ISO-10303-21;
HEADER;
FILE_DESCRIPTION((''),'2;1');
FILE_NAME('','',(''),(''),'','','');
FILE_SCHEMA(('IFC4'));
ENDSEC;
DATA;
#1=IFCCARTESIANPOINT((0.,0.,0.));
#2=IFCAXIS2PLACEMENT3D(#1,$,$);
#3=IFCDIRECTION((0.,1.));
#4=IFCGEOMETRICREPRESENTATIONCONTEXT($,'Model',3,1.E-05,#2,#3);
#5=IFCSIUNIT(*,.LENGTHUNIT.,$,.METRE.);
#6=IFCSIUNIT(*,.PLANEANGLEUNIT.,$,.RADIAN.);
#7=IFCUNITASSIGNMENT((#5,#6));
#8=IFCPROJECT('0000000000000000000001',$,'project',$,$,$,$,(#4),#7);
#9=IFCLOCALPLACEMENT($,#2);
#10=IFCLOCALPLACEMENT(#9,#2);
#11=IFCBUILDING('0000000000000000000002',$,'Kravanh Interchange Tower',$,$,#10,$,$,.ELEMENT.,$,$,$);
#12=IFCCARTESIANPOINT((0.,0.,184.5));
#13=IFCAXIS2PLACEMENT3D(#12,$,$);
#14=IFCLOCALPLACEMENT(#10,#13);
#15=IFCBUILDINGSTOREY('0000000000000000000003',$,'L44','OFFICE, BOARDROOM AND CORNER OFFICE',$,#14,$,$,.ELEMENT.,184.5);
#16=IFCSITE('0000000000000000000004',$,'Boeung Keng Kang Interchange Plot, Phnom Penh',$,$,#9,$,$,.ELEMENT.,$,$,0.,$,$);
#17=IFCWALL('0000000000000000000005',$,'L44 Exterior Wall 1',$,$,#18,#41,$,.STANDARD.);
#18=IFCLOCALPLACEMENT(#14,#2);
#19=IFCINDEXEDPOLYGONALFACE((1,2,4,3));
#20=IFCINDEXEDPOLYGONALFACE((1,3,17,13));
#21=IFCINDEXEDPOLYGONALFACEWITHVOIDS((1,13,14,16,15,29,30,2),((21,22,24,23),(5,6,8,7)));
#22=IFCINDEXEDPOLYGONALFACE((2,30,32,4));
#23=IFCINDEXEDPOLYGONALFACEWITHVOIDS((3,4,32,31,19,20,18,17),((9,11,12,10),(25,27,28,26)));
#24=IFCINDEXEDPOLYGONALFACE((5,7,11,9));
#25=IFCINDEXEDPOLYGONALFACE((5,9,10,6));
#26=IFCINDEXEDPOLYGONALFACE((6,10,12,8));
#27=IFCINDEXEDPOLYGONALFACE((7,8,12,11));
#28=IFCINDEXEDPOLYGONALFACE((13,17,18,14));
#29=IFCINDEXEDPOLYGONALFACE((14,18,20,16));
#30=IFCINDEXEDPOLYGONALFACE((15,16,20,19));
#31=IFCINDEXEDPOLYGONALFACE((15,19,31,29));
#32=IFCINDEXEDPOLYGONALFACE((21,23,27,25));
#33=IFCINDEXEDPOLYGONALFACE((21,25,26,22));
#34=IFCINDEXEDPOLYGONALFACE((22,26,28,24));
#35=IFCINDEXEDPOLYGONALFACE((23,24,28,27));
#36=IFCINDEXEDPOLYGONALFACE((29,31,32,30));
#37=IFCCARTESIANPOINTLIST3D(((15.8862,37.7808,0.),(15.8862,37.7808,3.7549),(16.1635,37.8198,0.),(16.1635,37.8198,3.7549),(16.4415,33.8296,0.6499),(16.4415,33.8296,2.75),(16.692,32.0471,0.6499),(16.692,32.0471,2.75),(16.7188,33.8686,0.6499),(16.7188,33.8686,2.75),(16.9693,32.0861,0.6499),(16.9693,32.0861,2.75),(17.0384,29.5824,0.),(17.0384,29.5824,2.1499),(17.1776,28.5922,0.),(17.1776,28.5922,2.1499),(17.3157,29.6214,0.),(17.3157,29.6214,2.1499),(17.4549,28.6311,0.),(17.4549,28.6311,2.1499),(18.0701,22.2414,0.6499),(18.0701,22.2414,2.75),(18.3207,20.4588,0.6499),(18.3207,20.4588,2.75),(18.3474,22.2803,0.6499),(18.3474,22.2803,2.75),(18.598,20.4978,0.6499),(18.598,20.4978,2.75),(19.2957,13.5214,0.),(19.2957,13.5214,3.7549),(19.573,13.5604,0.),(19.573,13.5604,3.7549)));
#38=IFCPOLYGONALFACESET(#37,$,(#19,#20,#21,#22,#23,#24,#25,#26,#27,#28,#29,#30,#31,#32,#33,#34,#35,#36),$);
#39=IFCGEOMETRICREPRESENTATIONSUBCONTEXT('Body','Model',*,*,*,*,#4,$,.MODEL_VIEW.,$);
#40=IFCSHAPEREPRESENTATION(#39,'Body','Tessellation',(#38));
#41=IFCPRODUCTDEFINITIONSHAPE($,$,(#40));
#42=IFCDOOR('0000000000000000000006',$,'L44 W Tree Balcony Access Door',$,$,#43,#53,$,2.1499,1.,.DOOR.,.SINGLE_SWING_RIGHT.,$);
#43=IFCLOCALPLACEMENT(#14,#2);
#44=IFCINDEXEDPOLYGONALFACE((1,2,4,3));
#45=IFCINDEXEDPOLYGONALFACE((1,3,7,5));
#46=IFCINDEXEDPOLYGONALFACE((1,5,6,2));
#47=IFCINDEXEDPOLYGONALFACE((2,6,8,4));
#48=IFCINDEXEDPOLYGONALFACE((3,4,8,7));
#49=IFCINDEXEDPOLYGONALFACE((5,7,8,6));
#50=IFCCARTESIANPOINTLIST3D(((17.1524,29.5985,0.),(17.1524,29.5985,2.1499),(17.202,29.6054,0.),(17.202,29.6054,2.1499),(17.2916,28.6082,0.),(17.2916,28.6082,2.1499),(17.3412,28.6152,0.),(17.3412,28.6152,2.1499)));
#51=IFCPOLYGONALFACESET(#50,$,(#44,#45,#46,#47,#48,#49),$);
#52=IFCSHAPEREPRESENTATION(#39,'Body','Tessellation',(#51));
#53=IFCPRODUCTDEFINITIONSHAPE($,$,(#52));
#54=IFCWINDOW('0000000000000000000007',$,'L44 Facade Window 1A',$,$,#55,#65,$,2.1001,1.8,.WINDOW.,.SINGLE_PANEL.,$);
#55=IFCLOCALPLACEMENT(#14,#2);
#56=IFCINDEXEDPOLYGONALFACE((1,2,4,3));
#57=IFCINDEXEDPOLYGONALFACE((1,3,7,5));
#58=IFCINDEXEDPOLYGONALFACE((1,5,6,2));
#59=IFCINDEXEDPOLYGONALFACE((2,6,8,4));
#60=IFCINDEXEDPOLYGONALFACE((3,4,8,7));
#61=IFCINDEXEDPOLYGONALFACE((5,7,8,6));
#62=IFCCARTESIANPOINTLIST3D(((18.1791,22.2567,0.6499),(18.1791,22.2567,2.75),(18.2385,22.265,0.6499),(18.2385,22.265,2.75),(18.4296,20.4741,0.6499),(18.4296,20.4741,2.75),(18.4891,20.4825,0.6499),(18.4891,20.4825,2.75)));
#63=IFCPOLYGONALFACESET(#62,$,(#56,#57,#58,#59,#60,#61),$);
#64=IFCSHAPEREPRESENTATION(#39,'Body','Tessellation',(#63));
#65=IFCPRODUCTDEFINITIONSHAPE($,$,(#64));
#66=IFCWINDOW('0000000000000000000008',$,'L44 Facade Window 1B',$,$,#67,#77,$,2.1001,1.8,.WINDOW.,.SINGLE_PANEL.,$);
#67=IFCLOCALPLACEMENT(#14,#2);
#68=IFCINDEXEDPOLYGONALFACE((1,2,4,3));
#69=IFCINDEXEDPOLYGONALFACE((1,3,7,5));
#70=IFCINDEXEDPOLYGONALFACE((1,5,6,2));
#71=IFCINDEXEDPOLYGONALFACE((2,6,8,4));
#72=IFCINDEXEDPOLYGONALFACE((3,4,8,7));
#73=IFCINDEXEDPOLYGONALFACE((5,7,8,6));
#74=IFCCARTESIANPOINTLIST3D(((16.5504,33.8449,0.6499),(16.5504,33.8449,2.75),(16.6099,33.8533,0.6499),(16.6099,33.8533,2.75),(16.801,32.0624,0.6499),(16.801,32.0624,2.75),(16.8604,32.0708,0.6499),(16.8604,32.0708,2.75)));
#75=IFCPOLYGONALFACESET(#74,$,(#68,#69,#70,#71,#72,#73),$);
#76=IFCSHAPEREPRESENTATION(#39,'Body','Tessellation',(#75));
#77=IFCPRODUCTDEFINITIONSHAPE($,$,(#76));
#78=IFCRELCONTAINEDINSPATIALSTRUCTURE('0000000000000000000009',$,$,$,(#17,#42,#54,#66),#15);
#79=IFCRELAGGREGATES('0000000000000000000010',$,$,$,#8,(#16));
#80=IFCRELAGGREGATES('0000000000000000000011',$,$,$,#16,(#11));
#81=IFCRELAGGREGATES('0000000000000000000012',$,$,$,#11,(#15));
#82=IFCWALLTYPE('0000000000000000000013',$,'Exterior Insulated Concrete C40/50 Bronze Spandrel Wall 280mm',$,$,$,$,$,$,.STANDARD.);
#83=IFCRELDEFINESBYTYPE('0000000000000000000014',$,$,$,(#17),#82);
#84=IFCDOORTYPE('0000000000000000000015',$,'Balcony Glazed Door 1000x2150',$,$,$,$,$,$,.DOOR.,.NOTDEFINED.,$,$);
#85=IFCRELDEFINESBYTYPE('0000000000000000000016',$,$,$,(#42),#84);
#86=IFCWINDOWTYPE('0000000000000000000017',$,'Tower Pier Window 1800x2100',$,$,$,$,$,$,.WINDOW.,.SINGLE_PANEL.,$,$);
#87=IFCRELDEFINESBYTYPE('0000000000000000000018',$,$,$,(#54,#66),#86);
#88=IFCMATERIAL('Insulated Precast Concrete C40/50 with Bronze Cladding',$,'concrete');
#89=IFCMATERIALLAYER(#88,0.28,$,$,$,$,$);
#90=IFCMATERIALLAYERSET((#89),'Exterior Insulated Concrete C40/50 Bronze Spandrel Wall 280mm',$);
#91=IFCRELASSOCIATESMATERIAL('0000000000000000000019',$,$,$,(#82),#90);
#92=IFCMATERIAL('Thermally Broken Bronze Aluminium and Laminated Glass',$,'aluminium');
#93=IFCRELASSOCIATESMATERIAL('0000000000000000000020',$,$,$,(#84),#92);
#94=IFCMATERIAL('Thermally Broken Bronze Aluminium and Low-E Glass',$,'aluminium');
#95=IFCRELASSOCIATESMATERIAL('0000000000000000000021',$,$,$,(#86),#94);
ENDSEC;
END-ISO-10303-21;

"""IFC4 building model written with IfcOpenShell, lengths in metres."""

from ifc_helpers import new_model, si_unit, direction, frame, frame_2d, origin, place, context, subcontext, project, spatial, rectangle, extrude, material, layer, layer_set, type_object, element, fill, save


model = new_model("IFC4")

# Units and contexts
model_context = context("Model", 3, precision=1e-05, world=origin(), true_north=direction((0.0, 1.0)))
body_context = subcontext(model_context, "Body", "Model", "MODEL_VIEW")
ifc_project = project(units=[si_unit("LENGTHUNIT", "METRE"), si_unit("PLANEANGLEUNIT", "RADIAN")], contexts=[model_context])

# Site, building, storey
site_placement = place(None, origin())
site = spatial("IfcSite", under=ifc_project, at=site_placement, Name="Boeung Keng Kang Interchange Plot, Phnom Penh", CompositionType="ELEMENT", RefElevation=0.0)
building_placement = place(site_placement, origin())
building = spatial("IfcBuilding", under=site, at=building_placement, Name="Kravanh Interchange Tower", CompositionType="ELEMENT")
storey_placement = place(building_placement, frame((0.0, 0.0, 184.5)))
storey = spatial("IfcBuildingStorey", under=building, at=storey_placement, Name="L44", Description="OFFICE, BOARDROOM AND CORNER OFFICE", CompositionType="ELEMENT", Elevation=184.5)

# Wall, openings, door, windows
ifc_material_1 = material(Name="Insulated Precast Concrete C40/50 with Bronze Cladding", Category="concrete")
ifc_layer_1 = layer(ifc_material_1, 0.28)
ifc_layer_set_1 = layer_set([ifc_layer_1], Name="Exterior Insulated Concrete C40/50 Bronze Spandrel Wall 280mm")
wall_type = type_object("IfcWallType", Name="Exterior Insulated Concrete C40/50 Bronze Spandrel Wall 280mm", PredefinedType="STANDARD", material=ifc_layer_set_1)
wall_placement = place(storey_placement, frame((19.4343, 13.5408, 0.0), z_axis=(0.0, 0.0, 1.0), x_axis=(-0.139173, 0.990268, 0.0)))
wall = element("IfcWall", 1, at=wall_placement, inside=storey, type_object=wall_type, Name="L44 Exterior Wall 1", PredefinedType="STANDARD", context=body_context, shape_type="SweptSolid", body=[
    extrude(rectangle(XDim=24.4978, YDim=0.28, at=frame_2d((12.249, 0.0))), origin(), (0.0, 0.0, 1.0), 3.7549),
])
opening_1_placement = place(wall_placement, frame((15.219, 0.0, 0.0)))
opening_1 = element("IfcOpeningElement", 2, at=opening_1_placement, cuts=wall, PredefinedType="OPENING", context=body_context, shape_type="SweptSolid", body=[
    extrude(rectangle(XDim=1.0, YDim=2.1499, at=frame_2d((0.5, 1.075))), frame((0.0, 0.1499, 0.0), z_axis=(0.0, -1.0, 0.0), x_axis=(1.0, 0.0, 0.0)), (0.0, 0.0, 1.0), 0.3),
])
opening_2_placement = place(wall_placement, frame((7.0059, 0.0, 0.6499)))
opening_2 = element("IfcOpeningElement", 3, at=opening_2_placement, cuts=wall, PredefinedType="OPENING", context=body_context, shape_type="SweptSolid", body=[
    extrude(rectangle(XDim=1.8, YDim=2.1001, at=frame_2d((0.8999, 1.05))), frame((0.0, 0.1499, 0.0), z_axis=(0.0, -1.0, 0.0), x_axis=(1.0, 0.0, 0.0)), (0.0, 0.0, 1.0), 0.3),
])
opening_3_placement = place(wall_placement, frame((18.708, 0.0, 0.6499)))
opening_3 = element("IfcOpeningElement", 4, at=opening_3_placement, cuts=wall, PredefinedType="OPENING", context=body_context, shape_type="SweptSolid", body=[
    extrude(rectangle(XDim=1.8, YDim=2.1001, at=frame_2d((0.8999, 1.05))), frame((0.0, 0.1499, 0.0), z_axis=(0.0, -1.0, 0.0), x_axis=(1.0, 0.0, 0.0)), (0.0, 0.0, 1.0), 0.3),
])
ifc_material_2 = material(Name="Thermally Broken Bronze Aluminium and Laminated Glass", Category="aluminium")
door_type = type_object("IfcDoorType", Name="Balcony Glazed Door 1000x2150", OperationType="NOTDEFINED", PredefinedType="DOOR", material=ifc_material_2)
door_placement = place(opening_1_placement, origin())
door = element("IfcDoor", 5, at=door_placement, inside=storey, type_object=door_type, Name="L44 W Tree Balcony Access Door", OperationType="SINGLE_SWING_RIGHT", OverallHeight=2.1499, OverallWidth=1.0, PredefinedType="DOOR", context=body_context, shape_type="SweptSolid", body=[
    extrude(rectangle(XDim=1.0, YDim=2.1499, at=frame_2d((0.5, 1.075))), frame((0.0, 0.0249, 0.0), z_axis=(0.0, -1.0, 0.0), x_axis=(1.0, 0.0, 0.0)), (0.0, 0.0, 1.0), 0.05),
])
fill(opening_1, door)
ifc_material_3 = material(Name="Thermally Broken Bronze Aluminium and Low-E Glass", Category="aluminium")
window_type = type_object("IfcWindowType", Name="Tower Pier Window 1800x2100", PartitioningType="SINGLE_PANEL", PredefinedType="WINDOW", material=ifc_material_3)
window_1_placement = place(opening_2_placement, origin())
window_1 = element("IfcWindow", 6, at=window_1_placement, inside=storey, type_object=window_type, Name="L44 Facade Window 1A", OverallHeight=2.1001, OverallWidth=1.8, PartitioningType="SINGLE_PANEL", PredefinedType="WINDOW", context=body_context, shape_type="SweptSolid", body=[
    extrude(rectangle(XDim=1.8, YDim=2.1001, at=frame_2d((0.8999, 1.05))), frame((0.0, 0.03, 0.0), z_axis=(0.0, -1.0, 0.0), x_axis=(1.0, 0.0, 0.0)), (0.0, 0.0, 1.0), 0.0601),
])
fill(opening_2, window_1)
window_2_placement = place(opening_3_placement, origin())
window_2 = element("IfcWindow", 7, at=window_2_placement, inside=storey, type_object=window_type, Name="L44 Facade Window 1B", OverallHeight=2.1001, OverallWidth=1.8, PartitioningType="SINGLE_PANEL", PredefinedType="WINDOW", context=body_context, shape_type="SweptSolid", body=[
    extrude(rectangle(XDim=1.8, YDim=2.1001, at=frame_2d((0.8999, 1.05))), frame((0.0, 0.03, 0.0), z_axis=(0.0, -1.0, 0.0), x_axis=(1.0, 0.0, 0.0)), (0.0, 0.0, 1.0), 0.0601),
])
fill(opening_3, window_2)

save(model, "model.ifc")
